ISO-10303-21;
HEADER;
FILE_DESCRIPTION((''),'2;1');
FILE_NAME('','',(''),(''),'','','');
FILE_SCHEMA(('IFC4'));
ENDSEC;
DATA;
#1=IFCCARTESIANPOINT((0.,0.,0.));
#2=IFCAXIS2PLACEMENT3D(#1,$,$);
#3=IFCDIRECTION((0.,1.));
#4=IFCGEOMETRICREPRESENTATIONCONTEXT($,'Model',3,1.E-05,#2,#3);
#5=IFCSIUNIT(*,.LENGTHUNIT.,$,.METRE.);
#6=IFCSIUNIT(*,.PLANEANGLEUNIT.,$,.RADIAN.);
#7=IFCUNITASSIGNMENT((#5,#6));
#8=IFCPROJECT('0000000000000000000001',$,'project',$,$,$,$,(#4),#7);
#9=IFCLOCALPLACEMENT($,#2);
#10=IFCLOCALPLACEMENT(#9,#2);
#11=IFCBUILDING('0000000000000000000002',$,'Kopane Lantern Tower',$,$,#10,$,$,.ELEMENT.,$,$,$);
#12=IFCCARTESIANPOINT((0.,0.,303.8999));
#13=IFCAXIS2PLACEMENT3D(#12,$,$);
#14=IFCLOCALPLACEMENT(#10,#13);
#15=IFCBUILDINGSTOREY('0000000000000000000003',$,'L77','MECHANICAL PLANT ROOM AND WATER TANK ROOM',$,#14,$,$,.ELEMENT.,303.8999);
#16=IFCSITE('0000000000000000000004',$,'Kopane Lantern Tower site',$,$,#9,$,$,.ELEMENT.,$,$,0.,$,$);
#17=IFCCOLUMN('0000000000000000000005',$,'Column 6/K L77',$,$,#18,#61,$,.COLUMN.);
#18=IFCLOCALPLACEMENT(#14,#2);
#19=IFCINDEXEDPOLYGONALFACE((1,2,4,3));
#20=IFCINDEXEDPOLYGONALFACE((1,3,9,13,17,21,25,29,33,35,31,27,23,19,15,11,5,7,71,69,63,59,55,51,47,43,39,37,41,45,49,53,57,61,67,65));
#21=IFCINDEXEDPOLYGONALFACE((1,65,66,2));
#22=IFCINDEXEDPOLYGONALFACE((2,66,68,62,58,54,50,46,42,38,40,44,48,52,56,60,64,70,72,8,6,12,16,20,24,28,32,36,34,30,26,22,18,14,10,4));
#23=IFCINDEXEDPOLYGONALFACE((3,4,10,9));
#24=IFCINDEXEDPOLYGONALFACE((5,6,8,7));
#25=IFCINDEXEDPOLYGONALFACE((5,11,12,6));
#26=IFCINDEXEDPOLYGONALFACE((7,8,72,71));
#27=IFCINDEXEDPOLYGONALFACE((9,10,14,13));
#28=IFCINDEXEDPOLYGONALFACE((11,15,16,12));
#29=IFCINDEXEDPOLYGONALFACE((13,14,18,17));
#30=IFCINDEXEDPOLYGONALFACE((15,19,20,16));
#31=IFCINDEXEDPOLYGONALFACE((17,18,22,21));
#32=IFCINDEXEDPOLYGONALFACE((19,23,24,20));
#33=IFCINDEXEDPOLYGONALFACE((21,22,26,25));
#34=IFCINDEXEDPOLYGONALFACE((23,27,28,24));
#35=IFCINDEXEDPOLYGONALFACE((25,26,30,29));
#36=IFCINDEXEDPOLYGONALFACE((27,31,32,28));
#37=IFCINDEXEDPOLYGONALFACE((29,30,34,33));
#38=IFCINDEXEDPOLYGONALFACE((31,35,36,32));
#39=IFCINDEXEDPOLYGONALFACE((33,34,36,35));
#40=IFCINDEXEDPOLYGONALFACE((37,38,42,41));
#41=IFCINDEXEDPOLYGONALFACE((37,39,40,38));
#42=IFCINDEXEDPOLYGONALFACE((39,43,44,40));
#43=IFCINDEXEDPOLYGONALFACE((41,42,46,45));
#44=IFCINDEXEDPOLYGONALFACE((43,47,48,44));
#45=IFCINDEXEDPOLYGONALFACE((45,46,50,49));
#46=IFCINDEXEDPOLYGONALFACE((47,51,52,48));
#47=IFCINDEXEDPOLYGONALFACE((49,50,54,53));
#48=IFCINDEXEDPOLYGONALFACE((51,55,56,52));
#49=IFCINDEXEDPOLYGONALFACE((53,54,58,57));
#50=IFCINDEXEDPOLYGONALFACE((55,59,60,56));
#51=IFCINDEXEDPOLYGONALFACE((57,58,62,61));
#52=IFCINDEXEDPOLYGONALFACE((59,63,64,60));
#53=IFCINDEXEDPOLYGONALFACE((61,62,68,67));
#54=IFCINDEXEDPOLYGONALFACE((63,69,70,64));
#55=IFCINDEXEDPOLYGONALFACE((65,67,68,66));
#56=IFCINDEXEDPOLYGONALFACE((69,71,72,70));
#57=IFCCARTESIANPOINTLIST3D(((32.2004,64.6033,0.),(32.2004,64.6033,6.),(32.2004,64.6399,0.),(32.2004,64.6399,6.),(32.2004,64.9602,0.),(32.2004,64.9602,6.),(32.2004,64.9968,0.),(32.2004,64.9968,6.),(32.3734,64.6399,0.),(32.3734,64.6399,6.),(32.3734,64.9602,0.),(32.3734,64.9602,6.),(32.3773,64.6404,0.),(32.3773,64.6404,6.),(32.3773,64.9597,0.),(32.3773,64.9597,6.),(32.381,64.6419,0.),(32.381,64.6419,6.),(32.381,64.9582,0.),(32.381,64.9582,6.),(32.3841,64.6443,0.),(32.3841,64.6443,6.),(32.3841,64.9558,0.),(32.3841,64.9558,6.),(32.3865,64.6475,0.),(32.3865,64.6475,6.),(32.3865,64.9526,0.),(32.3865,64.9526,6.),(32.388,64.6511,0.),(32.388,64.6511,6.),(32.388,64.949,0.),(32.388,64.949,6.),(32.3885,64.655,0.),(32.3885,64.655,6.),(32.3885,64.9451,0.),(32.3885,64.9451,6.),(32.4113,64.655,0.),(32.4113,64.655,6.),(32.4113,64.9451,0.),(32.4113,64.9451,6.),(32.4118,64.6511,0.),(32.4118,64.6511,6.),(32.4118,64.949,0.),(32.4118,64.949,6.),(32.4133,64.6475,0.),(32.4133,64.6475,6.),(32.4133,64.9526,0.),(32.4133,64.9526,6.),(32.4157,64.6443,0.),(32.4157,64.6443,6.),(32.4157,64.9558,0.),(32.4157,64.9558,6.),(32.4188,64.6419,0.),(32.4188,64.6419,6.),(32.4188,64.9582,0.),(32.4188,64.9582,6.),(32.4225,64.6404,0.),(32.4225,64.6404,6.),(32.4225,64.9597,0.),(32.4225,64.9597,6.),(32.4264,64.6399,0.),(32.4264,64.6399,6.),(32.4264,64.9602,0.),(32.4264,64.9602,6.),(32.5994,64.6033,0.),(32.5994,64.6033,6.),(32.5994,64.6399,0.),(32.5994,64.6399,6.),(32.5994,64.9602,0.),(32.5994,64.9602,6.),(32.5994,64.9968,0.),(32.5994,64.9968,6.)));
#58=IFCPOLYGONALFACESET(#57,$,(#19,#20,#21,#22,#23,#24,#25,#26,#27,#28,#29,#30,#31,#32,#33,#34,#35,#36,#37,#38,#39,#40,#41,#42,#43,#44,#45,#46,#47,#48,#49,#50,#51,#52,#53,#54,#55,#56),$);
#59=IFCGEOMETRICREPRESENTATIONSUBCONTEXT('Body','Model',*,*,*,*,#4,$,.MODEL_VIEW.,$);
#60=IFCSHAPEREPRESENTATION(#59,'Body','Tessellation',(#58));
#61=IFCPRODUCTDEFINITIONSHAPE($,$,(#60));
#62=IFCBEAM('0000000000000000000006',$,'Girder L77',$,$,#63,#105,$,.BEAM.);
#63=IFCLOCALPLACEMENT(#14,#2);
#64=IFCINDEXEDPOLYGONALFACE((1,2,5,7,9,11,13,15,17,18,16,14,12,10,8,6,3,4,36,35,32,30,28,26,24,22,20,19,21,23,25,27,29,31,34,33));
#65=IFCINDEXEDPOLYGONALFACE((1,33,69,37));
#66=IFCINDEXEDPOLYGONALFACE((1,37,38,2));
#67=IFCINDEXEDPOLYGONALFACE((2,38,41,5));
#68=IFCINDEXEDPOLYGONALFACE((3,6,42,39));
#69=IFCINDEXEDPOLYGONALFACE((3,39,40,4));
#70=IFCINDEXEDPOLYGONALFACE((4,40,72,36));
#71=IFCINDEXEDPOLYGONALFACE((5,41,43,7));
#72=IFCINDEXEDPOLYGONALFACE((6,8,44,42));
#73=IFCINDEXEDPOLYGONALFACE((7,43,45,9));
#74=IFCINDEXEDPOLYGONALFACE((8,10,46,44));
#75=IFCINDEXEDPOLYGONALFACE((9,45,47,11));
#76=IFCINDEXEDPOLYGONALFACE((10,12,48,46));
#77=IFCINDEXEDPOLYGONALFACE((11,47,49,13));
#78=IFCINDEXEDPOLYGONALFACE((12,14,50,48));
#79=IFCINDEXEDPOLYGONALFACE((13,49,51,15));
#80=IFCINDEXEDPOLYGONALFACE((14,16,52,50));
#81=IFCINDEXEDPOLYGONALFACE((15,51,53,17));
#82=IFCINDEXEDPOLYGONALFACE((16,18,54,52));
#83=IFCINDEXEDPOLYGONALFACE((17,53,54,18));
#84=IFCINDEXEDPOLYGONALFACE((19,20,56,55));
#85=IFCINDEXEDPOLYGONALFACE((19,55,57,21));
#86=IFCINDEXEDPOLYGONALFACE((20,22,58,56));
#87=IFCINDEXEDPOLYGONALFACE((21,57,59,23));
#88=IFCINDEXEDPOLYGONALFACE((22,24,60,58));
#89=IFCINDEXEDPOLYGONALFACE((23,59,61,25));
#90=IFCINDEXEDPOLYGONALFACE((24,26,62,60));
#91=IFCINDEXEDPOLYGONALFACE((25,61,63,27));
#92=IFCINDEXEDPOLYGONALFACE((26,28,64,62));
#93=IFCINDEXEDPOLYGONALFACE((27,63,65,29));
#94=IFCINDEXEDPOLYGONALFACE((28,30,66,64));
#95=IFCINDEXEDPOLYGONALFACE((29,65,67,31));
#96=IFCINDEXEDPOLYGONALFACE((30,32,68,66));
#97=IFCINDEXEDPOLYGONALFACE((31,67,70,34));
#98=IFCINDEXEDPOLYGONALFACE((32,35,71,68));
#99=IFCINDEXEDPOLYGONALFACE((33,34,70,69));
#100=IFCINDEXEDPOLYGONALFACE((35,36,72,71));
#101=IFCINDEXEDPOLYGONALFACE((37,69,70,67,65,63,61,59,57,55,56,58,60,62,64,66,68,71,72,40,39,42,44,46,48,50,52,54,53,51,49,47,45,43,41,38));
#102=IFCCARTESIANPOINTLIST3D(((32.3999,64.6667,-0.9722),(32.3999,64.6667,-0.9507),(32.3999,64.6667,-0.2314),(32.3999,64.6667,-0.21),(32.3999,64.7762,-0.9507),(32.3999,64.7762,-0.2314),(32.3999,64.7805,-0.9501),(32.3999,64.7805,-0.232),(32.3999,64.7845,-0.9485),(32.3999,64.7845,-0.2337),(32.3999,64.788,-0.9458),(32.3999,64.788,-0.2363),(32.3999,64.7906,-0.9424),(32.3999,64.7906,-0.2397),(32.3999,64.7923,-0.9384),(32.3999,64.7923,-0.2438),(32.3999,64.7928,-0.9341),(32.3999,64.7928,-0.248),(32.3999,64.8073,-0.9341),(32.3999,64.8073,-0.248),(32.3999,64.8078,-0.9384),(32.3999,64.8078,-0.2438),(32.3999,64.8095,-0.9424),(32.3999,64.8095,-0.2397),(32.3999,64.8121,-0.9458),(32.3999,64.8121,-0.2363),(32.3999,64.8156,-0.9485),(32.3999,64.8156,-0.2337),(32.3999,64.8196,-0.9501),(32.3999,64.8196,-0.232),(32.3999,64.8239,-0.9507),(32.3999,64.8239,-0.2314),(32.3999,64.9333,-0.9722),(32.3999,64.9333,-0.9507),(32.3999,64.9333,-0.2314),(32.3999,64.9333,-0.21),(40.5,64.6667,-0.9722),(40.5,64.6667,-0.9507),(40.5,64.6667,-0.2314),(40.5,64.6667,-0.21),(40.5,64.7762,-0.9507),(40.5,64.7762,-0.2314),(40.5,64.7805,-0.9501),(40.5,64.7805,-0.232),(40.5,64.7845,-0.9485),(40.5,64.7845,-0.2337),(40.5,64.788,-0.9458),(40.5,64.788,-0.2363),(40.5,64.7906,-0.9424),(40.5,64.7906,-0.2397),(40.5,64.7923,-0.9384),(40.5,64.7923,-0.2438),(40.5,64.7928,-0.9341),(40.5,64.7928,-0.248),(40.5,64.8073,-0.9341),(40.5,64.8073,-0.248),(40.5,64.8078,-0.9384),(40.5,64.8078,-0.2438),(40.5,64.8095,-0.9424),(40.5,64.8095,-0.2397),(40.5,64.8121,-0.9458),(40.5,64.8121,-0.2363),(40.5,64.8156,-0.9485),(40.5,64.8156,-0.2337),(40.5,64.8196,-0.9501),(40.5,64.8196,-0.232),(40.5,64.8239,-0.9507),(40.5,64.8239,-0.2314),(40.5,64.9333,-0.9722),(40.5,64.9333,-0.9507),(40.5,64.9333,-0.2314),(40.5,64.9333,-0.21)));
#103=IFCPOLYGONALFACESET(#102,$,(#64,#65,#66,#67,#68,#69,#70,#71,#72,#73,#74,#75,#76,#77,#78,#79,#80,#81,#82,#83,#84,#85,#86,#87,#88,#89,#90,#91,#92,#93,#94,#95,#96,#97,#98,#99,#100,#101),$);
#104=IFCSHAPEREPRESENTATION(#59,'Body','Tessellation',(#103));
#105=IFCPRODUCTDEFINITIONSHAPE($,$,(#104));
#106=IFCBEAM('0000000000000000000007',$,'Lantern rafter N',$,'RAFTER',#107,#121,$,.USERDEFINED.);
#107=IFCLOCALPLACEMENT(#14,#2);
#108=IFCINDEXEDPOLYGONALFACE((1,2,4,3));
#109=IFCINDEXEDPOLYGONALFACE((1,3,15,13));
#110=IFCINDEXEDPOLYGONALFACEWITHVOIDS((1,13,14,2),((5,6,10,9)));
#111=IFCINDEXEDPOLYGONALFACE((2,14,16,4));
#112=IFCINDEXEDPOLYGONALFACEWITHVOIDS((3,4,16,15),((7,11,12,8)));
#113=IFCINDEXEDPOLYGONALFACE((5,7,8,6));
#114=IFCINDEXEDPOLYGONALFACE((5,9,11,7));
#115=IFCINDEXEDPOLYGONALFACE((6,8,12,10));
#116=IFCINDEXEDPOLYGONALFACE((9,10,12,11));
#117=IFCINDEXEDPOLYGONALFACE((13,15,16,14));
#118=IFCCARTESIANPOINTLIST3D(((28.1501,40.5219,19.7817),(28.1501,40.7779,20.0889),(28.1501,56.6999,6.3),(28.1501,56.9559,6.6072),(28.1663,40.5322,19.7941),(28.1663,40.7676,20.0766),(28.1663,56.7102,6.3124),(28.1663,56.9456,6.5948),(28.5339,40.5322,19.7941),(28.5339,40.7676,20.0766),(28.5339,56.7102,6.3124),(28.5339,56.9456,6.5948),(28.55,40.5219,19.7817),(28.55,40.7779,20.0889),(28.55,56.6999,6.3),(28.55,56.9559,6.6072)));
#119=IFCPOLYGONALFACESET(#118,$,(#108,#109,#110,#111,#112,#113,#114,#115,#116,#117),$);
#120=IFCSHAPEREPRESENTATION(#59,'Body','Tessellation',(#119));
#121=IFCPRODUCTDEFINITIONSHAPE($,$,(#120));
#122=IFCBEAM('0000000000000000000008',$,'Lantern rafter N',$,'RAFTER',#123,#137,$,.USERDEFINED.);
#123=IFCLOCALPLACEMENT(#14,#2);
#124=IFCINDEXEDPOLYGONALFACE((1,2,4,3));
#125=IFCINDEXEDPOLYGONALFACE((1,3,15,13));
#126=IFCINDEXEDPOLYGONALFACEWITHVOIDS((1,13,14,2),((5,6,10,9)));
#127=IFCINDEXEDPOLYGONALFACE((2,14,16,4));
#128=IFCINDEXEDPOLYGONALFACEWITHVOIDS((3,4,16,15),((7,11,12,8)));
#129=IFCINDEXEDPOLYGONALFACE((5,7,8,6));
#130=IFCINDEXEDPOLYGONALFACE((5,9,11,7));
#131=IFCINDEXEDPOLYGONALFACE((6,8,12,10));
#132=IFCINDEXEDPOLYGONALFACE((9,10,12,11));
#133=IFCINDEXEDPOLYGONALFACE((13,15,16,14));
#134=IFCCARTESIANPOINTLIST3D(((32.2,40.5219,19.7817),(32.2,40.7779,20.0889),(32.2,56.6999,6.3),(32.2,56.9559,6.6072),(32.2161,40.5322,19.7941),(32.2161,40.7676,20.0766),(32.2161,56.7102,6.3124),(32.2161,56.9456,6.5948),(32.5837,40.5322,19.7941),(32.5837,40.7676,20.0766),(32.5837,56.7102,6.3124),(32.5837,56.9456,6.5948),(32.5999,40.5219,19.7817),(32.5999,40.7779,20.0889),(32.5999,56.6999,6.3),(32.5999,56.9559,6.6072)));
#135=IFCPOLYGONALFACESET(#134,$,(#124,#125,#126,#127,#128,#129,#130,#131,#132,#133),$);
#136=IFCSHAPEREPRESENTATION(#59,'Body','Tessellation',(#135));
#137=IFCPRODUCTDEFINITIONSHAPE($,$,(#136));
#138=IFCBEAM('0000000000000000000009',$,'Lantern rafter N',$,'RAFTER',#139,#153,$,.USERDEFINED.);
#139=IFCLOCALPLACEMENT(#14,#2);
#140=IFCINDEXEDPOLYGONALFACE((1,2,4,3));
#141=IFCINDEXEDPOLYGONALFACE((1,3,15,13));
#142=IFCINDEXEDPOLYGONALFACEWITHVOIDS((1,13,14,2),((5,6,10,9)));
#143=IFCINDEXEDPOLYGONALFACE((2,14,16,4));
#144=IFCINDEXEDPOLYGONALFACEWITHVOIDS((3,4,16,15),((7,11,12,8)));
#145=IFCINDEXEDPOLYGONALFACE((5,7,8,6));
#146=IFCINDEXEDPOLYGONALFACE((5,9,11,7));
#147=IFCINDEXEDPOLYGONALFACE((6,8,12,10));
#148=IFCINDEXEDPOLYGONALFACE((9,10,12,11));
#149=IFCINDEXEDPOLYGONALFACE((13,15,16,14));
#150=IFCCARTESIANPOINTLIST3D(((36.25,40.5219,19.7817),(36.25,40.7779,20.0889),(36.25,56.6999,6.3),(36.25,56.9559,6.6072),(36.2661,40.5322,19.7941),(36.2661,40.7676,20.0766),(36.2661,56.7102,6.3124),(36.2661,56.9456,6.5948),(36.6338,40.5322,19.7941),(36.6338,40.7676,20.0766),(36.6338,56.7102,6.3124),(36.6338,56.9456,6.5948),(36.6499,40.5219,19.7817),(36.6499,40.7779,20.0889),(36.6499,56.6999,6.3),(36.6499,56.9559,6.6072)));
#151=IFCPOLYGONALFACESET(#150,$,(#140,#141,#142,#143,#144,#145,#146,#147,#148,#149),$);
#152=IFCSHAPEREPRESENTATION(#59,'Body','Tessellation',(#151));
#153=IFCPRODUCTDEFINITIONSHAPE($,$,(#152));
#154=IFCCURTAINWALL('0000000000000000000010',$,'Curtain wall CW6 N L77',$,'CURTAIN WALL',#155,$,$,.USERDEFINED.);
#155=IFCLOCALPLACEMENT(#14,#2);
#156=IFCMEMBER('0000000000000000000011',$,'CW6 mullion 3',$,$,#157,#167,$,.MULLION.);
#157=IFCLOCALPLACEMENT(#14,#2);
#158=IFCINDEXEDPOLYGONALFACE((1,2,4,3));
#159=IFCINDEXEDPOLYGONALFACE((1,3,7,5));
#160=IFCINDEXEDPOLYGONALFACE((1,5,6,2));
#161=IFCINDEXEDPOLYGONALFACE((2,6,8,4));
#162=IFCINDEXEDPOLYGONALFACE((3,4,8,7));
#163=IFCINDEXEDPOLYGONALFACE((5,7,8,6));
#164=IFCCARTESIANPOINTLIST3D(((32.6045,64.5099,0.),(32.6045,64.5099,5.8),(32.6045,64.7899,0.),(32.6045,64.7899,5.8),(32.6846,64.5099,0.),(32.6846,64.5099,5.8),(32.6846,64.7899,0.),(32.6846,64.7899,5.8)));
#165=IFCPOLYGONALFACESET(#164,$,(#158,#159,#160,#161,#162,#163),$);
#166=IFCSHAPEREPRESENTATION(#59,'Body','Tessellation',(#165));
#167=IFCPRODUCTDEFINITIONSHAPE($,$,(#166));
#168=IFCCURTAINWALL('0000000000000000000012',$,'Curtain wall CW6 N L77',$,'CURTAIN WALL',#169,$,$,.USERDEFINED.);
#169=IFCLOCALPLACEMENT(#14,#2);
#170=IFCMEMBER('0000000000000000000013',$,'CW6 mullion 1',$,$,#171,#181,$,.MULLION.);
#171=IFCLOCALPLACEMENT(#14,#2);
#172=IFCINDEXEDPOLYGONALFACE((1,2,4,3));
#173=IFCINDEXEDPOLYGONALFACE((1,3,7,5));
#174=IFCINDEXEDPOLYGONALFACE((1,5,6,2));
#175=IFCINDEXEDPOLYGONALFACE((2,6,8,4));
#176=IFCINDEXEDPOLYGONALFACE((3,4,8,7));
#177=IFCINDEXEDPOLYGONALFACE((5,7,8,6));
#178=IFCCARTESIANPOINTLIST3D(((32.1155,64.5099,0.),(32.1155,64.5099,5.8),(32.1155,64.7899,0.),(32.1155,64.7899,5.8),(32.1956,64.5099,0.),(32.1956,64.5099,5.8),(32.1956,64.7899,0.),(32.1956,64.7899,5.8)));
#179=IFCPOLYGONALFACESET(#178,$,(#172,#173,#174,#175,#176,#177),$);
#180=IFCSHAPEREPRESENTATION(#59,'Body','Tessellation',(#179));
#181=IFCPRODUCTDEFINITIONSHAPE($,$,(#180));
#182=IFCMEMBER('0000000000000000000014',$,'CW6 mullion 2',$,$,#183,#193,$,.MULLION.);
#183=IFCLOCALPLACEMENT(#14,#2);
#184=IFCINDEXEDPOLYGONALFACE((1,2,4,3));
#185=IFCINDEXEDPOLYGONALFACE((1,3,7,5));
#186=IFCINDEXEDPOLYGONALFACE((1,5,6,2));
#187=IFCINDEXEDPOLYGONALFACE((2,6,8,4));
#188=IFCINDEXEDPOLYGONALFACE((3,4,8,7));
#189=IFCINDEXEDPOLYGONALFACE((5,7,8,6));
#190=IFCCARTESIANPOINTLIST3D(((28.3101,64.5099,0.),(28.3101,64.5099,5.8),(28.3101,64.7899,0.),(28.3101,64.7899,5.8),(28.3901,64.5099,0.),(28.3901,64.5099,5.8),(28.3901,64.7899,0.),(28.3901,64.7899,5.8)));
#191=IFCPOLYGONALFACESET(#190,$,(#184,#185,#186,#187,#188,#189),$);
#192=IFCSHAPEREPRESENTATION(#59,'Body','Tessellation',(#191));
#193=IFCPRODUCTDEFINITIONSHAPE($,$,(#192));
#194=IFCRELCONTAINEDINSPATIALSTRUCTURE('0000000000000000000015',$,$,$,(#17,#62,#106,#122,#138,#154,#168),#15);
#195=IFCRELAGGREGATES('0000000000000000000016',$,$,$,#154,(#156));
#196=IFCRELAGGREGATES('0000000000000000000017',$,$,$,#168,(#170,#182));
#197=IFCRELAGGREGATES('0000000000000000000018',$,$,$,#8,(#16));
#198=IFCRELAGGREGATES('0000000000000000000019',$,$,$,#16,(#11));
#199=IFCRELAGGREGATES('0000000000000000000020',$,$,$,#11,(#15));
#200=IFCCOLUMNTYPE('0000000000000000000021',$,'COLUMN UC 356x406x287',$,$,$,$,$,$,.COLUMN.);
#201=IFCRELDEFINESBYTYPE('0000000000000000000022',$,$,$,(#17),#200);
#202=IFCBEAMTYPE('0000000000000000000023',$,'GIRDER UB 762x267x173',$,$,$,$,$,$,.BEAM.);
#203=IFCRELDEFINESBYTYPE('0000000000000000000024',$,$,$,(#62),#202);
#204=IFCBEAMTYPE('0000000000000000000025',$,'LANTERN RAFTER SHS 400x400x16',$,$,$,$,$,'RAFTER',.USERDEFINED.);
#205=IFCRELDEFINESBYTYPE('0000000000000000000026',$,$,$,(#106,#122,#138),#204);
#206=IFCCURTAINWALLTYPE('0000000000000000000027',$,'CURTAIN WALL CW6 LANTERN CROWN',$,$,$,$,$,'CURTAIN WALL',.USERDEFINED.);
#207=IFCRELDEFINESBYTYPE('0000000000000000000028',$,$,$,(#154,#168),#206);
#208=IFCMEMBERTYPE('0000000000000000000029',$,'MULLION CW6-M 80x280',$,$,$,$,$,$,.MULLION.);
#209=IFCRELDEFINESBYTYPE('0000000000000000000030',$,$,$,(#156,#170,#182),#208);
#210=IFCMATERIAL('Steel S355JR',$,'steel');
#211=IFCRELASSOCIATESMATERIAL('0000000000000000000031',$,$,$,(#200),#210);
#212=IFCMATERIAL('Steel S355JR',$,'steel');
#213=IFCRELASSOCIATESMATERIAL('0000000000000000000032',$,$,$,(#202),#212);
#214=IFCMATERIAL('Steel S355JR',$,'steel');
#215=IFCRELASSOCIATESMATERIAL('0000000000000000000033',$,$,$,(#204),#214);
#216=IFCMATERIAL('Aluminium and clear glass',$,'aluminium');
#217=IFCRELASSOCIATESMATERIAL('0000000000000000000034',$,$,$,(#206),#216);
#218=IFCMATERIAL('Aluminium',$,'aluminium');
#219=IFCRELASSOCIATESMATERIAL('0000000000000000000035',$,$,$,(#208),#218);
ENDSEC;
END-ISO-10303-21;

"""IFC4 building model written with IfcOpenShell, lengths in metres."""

from ifc_helpers import new_model, si_unit, direction, frame, origin, origin_2d, place, context, subcontext, project, spatial, rectangle, hollow_rectangle, i_section, extrude, material, material_profile, profile_set, type_object, element, aggregate, save


model = new_model("IFC4")

# Units and contexts
model_context = context("Model", 3, precision=1e-05, world=origin(), true_north=direction((0.0, 1.0)))
body_context = subcontext(model_context, "Body", "Model", "MODEL_VIEW")
ifc_project = project(units=[si_unit("LENGTHUNIT", "METRE"), si_unit("PLANEANGLEUNIT", "RADIAN")], contexts=[model_context])

# Site, building, storey
site_placement = place(None, origin())
site = spatial("IfcSite", under=ifc_project, at=site_placement, Name="Kopane Lantern Tower site", CompositionType="ELEMENT", RefElevation=0.0)
building_placement = place(site_placement, origin())
building = spatial("IfcBuilding", under=site, at=building_placement, Name="Kopane Lantern Tower", CompositionType="ELEMENT")
storey_placement = place(building_placement, frame((0.0, 0.0, 303.8999)))
storey = spatial("IfcBuildingStorey", under=building, at=storey_placement, Name="L77", Description="MECHANICAL PLANT ROOM AND WATER TANK ROOM", CompositionType="ELEMENT", Elevation=303.8999)

# Column
ifc_material_1 = material(Name="Steel S355JR", Category="steel")
ifc_material_profile_1 = material_profile(ifc_material_1, i_section(OverallWidth=0.3989, OverallDepth=0.3936, WebThickness=0.0227, FlangeThickness=0.0366, FilletRadius=0.0151, at=origin_2d()), Name="UC 356x406x287")
ifc_profile_set_1 = profile_set([ifc_material_profile_1], Name="Steel S355JR")
column_type = type_object("IfcColumnType", Name="COLUMN UC 356x406x287", PredefinedType="COLUMN", material=ifc_profile_set_1)
column_placement = place(storey_placement, frame((32.3999, 64.8, 0.0), z_axis=(0.0, 0.0, 1.0), x_axis=(1.0, 0.0, 0.0)))
element("IfcColumn", 1, at=column_placement, inside=storey, type_object=column_type, Name="Column 6/K L77", PredefinedType="COLUMN", context=body_context, shape_type="SweptSolid", body=[
    extrude(i_section(OverallWidth=0.3989, OverallDepth=0.3936, WebThickness=0.0227, FlangeThickness=0.0366, FilletRadius=0.0151, at=origin_2d()), origin(), (0.0, 0.0, 1.0), 6.0),
])

# Beams
ifc_material_2 = material(Name="Steel S355JR", Category="steel")
ifc_material_profile_2 = material_profile(ifc_material_2, i_section(OverallWidth=0.2666, OverallDepth=0.7622, WebThickness=0.0144, FlangeThickness=0.0215, FilletRadius=0.0166, at=origin_2d()), Name="UB 762x267x173")
ifc_profile_set_2 = profile_set([ifc_material_profile_2], Name="Steel S355JR")
beam_type_1 = type_object("IfcBeamType", Name="GIRDER UB 762x267x173", PredefinedType="BEAM", material=ifc_profile_set_2)
beam_1_placement = place(storey_placement, frame((32.3999, 64.8, -0.5911), z_axis=(1.0, 0.0, 0.0), x_axis=(0.0, 1.0, 0.0)))
element("IfcBeam", 2, at=beam_1_placement, inside=storey, type_object=beam_type_1, Name="Girder L77", PredefinedType="BEAM", context=body_context, shape_type="SweptSolid", body=[
    extrude(i_section(OverallWidth=0.2666, OverallDepth=0.7622, WebThickness=0.0144, FlangeThickness=0.0215, FilletRadius=0.0166, at=origin_2d()), origin(), (0.0, 0.0, 1.0), 8.1001),
])
ifc_material_3 = material(Name="Steel S355JR", Category="steel")
ifc_material_profile_3 = material_profile(ifc_material_3, hollow_rectangle(XDim=0.3999, YDim=0.3999, WallThickness=0.0161, at=origin_2d()), Name="RHS 400x400x16")
ifc_profile_set_3 = profile_set([ifc_material_profile_3], Name="Steel S355JR")
beam_type_2 = type_object("IfcBeamType", Name="LANTERN RAFTER SHS 400x400x16", ElementType="RAFTER", PredefinedType="USERDEFINED", material=ifc_profile_set_3)
for number, where, z_axis, x_axis, name in (
    (3, (28.3501, 56.8279, 6.4536), (0.0, -0.76822, 0.640186), (1.0, 0.0, 0.0), "Lantern rafter N"),
    (4, (32.3999, 56.8279, 6.4536), (0.0, -0.76822, 0.640186), (1.0, 0.0, 0.0), "Lantern rafter N"),
    (5, (36.45, 56.8279, 6.4536), (0.0, -0.76822, 0.640186), (1.0, 0.0, 0.0), "Lantern rafter N"),
):
    element("IfcBeam", number, at=place(storey_placement, frame(where, z_axis=z_axis, x_axis=x_axis)), inside=storey, type_object=beam_type_2, Name=name, ObjectType="RAFTER", PredefinedType="USERDEFINED", context=body_context, shape_type="SweptSolid", body=[
        extrude(hollow_rectangle(XDim=0.3999, YDim=0.3999, WallThickness=0.0161, at=origin_2d()), origin(), (0.0, 0.0, 1.0), 21.0591),
    ])

# Curtain wall, member
ifc_material_4 = material(Name="Aluminium and clear glass", Category="aluminium")
curtain_wall_type = type_object("IfcCurtainWallType", Name="CURTAIN WALL CW6 LANTERN CROWN", ElementType="CURTAIN WALL", PredefinedType="USERDEFINED", material=ifc_material_4)
curtain_wall_1_placement = place(storey_placement, origin())
curtain_wall_1 = element("IfcCurtainWall", 6, at=curtain_wall_1_placement, inside=storey, type_object=curtain_wall_type, Name="Curtain wall CW6 N L77", ObjectType="CURTAIN WALL", PredefinedType="USERDEFINED")
ifc_material_5 = material(Name="Aluminium", Category="aluminium")
ifc_material_profile_4 = material_profile(ifc_material_5, rectangle(XDim=0.0801, YDim=0.28, at=origin_2d()), Name="AL 80x280")
ifc_profile_set_4 = profile_set([ifc_material_profile_4], Name="Aluminium")
member_type_1 = type_object("IfcMemberType", Name="MULLION CW6-M 80x280", PredefinedType="MULLION", material=ifc_profile_set_4)
member_1_placement = place(storey_placement, frame((32.6445, 64.6499, 0.0), z_axis=(0.0, 0.0, 1.0), x_axis=(-1.0, 0.0, 0.0)))
member_1 = element("IfcMember", 7, at=member_1_placement, type_object=member_type_1, Name="CW6 mullion 3", PredefinedType="MULLION", context=body_context, shape_type="SweptSolid", body=[
    extrude(rectangle(XDim=0.0801, YDim=0.28, at=origin_2d()), origin(), (0.0, 0.0, 1.0), 5.8),
])

# Curtain wall, members
curtain_wall_2_placement = place(storey_placement, origin())
curtain_wall_2 = element("IfcCurtainWall", 8, at=curtain_wall_2_placement, inside=storey, type_object=curtain_wall_type, Name="Curtain wall CW6 N L77", ObjectType="CURTAIN WALL", PredefinedType="USERDEFINED")
member_2_placement = place(storey_placement, frame((32.1555, 64.6499, 0.0), z_axis=(0.0, 0.0, 1.0), x_axis=(-1.0, 0.0, 0.0)))
member_2 = element("IfcMember", 9, at=member_2_placement, type_object=member_type_1, Name="CW6 mullion 1", PredefinedType="MULLION", context=body_context, shape_type="SweptSolid", body=[
    extrude(rectangle(XDim=0.0801, YDim=0.28, at=origin_2d()), origin(), (0.0, 0.0, 1.0), 5.8),
])
member_3_placement = place(storey_placement, frame((28.3501, 64.6499, 0.0), z_axis=(0.0, 0.0, 1.0), x_axis=(-1.0, 0.0, 0.0)))
member_3 = element("IfcMember", 10, at=member_3_placement, type_object=member_type_1, Name="CW6 mullion 2", PredefinedType="MULLION", context=body_context, shape_type="SweptSolid", body=[
    extrude(rectangle(XDim=0.0801, YDim=0.28, at=origin_2d()), origin(), (0.0, 0.0, 1.0), 5.8),
])

aggregate(curtain_wall_1, [member_1])
aggregate(curtain_wall_2, [member_2, member_3])

save(model, "model.ifc")
